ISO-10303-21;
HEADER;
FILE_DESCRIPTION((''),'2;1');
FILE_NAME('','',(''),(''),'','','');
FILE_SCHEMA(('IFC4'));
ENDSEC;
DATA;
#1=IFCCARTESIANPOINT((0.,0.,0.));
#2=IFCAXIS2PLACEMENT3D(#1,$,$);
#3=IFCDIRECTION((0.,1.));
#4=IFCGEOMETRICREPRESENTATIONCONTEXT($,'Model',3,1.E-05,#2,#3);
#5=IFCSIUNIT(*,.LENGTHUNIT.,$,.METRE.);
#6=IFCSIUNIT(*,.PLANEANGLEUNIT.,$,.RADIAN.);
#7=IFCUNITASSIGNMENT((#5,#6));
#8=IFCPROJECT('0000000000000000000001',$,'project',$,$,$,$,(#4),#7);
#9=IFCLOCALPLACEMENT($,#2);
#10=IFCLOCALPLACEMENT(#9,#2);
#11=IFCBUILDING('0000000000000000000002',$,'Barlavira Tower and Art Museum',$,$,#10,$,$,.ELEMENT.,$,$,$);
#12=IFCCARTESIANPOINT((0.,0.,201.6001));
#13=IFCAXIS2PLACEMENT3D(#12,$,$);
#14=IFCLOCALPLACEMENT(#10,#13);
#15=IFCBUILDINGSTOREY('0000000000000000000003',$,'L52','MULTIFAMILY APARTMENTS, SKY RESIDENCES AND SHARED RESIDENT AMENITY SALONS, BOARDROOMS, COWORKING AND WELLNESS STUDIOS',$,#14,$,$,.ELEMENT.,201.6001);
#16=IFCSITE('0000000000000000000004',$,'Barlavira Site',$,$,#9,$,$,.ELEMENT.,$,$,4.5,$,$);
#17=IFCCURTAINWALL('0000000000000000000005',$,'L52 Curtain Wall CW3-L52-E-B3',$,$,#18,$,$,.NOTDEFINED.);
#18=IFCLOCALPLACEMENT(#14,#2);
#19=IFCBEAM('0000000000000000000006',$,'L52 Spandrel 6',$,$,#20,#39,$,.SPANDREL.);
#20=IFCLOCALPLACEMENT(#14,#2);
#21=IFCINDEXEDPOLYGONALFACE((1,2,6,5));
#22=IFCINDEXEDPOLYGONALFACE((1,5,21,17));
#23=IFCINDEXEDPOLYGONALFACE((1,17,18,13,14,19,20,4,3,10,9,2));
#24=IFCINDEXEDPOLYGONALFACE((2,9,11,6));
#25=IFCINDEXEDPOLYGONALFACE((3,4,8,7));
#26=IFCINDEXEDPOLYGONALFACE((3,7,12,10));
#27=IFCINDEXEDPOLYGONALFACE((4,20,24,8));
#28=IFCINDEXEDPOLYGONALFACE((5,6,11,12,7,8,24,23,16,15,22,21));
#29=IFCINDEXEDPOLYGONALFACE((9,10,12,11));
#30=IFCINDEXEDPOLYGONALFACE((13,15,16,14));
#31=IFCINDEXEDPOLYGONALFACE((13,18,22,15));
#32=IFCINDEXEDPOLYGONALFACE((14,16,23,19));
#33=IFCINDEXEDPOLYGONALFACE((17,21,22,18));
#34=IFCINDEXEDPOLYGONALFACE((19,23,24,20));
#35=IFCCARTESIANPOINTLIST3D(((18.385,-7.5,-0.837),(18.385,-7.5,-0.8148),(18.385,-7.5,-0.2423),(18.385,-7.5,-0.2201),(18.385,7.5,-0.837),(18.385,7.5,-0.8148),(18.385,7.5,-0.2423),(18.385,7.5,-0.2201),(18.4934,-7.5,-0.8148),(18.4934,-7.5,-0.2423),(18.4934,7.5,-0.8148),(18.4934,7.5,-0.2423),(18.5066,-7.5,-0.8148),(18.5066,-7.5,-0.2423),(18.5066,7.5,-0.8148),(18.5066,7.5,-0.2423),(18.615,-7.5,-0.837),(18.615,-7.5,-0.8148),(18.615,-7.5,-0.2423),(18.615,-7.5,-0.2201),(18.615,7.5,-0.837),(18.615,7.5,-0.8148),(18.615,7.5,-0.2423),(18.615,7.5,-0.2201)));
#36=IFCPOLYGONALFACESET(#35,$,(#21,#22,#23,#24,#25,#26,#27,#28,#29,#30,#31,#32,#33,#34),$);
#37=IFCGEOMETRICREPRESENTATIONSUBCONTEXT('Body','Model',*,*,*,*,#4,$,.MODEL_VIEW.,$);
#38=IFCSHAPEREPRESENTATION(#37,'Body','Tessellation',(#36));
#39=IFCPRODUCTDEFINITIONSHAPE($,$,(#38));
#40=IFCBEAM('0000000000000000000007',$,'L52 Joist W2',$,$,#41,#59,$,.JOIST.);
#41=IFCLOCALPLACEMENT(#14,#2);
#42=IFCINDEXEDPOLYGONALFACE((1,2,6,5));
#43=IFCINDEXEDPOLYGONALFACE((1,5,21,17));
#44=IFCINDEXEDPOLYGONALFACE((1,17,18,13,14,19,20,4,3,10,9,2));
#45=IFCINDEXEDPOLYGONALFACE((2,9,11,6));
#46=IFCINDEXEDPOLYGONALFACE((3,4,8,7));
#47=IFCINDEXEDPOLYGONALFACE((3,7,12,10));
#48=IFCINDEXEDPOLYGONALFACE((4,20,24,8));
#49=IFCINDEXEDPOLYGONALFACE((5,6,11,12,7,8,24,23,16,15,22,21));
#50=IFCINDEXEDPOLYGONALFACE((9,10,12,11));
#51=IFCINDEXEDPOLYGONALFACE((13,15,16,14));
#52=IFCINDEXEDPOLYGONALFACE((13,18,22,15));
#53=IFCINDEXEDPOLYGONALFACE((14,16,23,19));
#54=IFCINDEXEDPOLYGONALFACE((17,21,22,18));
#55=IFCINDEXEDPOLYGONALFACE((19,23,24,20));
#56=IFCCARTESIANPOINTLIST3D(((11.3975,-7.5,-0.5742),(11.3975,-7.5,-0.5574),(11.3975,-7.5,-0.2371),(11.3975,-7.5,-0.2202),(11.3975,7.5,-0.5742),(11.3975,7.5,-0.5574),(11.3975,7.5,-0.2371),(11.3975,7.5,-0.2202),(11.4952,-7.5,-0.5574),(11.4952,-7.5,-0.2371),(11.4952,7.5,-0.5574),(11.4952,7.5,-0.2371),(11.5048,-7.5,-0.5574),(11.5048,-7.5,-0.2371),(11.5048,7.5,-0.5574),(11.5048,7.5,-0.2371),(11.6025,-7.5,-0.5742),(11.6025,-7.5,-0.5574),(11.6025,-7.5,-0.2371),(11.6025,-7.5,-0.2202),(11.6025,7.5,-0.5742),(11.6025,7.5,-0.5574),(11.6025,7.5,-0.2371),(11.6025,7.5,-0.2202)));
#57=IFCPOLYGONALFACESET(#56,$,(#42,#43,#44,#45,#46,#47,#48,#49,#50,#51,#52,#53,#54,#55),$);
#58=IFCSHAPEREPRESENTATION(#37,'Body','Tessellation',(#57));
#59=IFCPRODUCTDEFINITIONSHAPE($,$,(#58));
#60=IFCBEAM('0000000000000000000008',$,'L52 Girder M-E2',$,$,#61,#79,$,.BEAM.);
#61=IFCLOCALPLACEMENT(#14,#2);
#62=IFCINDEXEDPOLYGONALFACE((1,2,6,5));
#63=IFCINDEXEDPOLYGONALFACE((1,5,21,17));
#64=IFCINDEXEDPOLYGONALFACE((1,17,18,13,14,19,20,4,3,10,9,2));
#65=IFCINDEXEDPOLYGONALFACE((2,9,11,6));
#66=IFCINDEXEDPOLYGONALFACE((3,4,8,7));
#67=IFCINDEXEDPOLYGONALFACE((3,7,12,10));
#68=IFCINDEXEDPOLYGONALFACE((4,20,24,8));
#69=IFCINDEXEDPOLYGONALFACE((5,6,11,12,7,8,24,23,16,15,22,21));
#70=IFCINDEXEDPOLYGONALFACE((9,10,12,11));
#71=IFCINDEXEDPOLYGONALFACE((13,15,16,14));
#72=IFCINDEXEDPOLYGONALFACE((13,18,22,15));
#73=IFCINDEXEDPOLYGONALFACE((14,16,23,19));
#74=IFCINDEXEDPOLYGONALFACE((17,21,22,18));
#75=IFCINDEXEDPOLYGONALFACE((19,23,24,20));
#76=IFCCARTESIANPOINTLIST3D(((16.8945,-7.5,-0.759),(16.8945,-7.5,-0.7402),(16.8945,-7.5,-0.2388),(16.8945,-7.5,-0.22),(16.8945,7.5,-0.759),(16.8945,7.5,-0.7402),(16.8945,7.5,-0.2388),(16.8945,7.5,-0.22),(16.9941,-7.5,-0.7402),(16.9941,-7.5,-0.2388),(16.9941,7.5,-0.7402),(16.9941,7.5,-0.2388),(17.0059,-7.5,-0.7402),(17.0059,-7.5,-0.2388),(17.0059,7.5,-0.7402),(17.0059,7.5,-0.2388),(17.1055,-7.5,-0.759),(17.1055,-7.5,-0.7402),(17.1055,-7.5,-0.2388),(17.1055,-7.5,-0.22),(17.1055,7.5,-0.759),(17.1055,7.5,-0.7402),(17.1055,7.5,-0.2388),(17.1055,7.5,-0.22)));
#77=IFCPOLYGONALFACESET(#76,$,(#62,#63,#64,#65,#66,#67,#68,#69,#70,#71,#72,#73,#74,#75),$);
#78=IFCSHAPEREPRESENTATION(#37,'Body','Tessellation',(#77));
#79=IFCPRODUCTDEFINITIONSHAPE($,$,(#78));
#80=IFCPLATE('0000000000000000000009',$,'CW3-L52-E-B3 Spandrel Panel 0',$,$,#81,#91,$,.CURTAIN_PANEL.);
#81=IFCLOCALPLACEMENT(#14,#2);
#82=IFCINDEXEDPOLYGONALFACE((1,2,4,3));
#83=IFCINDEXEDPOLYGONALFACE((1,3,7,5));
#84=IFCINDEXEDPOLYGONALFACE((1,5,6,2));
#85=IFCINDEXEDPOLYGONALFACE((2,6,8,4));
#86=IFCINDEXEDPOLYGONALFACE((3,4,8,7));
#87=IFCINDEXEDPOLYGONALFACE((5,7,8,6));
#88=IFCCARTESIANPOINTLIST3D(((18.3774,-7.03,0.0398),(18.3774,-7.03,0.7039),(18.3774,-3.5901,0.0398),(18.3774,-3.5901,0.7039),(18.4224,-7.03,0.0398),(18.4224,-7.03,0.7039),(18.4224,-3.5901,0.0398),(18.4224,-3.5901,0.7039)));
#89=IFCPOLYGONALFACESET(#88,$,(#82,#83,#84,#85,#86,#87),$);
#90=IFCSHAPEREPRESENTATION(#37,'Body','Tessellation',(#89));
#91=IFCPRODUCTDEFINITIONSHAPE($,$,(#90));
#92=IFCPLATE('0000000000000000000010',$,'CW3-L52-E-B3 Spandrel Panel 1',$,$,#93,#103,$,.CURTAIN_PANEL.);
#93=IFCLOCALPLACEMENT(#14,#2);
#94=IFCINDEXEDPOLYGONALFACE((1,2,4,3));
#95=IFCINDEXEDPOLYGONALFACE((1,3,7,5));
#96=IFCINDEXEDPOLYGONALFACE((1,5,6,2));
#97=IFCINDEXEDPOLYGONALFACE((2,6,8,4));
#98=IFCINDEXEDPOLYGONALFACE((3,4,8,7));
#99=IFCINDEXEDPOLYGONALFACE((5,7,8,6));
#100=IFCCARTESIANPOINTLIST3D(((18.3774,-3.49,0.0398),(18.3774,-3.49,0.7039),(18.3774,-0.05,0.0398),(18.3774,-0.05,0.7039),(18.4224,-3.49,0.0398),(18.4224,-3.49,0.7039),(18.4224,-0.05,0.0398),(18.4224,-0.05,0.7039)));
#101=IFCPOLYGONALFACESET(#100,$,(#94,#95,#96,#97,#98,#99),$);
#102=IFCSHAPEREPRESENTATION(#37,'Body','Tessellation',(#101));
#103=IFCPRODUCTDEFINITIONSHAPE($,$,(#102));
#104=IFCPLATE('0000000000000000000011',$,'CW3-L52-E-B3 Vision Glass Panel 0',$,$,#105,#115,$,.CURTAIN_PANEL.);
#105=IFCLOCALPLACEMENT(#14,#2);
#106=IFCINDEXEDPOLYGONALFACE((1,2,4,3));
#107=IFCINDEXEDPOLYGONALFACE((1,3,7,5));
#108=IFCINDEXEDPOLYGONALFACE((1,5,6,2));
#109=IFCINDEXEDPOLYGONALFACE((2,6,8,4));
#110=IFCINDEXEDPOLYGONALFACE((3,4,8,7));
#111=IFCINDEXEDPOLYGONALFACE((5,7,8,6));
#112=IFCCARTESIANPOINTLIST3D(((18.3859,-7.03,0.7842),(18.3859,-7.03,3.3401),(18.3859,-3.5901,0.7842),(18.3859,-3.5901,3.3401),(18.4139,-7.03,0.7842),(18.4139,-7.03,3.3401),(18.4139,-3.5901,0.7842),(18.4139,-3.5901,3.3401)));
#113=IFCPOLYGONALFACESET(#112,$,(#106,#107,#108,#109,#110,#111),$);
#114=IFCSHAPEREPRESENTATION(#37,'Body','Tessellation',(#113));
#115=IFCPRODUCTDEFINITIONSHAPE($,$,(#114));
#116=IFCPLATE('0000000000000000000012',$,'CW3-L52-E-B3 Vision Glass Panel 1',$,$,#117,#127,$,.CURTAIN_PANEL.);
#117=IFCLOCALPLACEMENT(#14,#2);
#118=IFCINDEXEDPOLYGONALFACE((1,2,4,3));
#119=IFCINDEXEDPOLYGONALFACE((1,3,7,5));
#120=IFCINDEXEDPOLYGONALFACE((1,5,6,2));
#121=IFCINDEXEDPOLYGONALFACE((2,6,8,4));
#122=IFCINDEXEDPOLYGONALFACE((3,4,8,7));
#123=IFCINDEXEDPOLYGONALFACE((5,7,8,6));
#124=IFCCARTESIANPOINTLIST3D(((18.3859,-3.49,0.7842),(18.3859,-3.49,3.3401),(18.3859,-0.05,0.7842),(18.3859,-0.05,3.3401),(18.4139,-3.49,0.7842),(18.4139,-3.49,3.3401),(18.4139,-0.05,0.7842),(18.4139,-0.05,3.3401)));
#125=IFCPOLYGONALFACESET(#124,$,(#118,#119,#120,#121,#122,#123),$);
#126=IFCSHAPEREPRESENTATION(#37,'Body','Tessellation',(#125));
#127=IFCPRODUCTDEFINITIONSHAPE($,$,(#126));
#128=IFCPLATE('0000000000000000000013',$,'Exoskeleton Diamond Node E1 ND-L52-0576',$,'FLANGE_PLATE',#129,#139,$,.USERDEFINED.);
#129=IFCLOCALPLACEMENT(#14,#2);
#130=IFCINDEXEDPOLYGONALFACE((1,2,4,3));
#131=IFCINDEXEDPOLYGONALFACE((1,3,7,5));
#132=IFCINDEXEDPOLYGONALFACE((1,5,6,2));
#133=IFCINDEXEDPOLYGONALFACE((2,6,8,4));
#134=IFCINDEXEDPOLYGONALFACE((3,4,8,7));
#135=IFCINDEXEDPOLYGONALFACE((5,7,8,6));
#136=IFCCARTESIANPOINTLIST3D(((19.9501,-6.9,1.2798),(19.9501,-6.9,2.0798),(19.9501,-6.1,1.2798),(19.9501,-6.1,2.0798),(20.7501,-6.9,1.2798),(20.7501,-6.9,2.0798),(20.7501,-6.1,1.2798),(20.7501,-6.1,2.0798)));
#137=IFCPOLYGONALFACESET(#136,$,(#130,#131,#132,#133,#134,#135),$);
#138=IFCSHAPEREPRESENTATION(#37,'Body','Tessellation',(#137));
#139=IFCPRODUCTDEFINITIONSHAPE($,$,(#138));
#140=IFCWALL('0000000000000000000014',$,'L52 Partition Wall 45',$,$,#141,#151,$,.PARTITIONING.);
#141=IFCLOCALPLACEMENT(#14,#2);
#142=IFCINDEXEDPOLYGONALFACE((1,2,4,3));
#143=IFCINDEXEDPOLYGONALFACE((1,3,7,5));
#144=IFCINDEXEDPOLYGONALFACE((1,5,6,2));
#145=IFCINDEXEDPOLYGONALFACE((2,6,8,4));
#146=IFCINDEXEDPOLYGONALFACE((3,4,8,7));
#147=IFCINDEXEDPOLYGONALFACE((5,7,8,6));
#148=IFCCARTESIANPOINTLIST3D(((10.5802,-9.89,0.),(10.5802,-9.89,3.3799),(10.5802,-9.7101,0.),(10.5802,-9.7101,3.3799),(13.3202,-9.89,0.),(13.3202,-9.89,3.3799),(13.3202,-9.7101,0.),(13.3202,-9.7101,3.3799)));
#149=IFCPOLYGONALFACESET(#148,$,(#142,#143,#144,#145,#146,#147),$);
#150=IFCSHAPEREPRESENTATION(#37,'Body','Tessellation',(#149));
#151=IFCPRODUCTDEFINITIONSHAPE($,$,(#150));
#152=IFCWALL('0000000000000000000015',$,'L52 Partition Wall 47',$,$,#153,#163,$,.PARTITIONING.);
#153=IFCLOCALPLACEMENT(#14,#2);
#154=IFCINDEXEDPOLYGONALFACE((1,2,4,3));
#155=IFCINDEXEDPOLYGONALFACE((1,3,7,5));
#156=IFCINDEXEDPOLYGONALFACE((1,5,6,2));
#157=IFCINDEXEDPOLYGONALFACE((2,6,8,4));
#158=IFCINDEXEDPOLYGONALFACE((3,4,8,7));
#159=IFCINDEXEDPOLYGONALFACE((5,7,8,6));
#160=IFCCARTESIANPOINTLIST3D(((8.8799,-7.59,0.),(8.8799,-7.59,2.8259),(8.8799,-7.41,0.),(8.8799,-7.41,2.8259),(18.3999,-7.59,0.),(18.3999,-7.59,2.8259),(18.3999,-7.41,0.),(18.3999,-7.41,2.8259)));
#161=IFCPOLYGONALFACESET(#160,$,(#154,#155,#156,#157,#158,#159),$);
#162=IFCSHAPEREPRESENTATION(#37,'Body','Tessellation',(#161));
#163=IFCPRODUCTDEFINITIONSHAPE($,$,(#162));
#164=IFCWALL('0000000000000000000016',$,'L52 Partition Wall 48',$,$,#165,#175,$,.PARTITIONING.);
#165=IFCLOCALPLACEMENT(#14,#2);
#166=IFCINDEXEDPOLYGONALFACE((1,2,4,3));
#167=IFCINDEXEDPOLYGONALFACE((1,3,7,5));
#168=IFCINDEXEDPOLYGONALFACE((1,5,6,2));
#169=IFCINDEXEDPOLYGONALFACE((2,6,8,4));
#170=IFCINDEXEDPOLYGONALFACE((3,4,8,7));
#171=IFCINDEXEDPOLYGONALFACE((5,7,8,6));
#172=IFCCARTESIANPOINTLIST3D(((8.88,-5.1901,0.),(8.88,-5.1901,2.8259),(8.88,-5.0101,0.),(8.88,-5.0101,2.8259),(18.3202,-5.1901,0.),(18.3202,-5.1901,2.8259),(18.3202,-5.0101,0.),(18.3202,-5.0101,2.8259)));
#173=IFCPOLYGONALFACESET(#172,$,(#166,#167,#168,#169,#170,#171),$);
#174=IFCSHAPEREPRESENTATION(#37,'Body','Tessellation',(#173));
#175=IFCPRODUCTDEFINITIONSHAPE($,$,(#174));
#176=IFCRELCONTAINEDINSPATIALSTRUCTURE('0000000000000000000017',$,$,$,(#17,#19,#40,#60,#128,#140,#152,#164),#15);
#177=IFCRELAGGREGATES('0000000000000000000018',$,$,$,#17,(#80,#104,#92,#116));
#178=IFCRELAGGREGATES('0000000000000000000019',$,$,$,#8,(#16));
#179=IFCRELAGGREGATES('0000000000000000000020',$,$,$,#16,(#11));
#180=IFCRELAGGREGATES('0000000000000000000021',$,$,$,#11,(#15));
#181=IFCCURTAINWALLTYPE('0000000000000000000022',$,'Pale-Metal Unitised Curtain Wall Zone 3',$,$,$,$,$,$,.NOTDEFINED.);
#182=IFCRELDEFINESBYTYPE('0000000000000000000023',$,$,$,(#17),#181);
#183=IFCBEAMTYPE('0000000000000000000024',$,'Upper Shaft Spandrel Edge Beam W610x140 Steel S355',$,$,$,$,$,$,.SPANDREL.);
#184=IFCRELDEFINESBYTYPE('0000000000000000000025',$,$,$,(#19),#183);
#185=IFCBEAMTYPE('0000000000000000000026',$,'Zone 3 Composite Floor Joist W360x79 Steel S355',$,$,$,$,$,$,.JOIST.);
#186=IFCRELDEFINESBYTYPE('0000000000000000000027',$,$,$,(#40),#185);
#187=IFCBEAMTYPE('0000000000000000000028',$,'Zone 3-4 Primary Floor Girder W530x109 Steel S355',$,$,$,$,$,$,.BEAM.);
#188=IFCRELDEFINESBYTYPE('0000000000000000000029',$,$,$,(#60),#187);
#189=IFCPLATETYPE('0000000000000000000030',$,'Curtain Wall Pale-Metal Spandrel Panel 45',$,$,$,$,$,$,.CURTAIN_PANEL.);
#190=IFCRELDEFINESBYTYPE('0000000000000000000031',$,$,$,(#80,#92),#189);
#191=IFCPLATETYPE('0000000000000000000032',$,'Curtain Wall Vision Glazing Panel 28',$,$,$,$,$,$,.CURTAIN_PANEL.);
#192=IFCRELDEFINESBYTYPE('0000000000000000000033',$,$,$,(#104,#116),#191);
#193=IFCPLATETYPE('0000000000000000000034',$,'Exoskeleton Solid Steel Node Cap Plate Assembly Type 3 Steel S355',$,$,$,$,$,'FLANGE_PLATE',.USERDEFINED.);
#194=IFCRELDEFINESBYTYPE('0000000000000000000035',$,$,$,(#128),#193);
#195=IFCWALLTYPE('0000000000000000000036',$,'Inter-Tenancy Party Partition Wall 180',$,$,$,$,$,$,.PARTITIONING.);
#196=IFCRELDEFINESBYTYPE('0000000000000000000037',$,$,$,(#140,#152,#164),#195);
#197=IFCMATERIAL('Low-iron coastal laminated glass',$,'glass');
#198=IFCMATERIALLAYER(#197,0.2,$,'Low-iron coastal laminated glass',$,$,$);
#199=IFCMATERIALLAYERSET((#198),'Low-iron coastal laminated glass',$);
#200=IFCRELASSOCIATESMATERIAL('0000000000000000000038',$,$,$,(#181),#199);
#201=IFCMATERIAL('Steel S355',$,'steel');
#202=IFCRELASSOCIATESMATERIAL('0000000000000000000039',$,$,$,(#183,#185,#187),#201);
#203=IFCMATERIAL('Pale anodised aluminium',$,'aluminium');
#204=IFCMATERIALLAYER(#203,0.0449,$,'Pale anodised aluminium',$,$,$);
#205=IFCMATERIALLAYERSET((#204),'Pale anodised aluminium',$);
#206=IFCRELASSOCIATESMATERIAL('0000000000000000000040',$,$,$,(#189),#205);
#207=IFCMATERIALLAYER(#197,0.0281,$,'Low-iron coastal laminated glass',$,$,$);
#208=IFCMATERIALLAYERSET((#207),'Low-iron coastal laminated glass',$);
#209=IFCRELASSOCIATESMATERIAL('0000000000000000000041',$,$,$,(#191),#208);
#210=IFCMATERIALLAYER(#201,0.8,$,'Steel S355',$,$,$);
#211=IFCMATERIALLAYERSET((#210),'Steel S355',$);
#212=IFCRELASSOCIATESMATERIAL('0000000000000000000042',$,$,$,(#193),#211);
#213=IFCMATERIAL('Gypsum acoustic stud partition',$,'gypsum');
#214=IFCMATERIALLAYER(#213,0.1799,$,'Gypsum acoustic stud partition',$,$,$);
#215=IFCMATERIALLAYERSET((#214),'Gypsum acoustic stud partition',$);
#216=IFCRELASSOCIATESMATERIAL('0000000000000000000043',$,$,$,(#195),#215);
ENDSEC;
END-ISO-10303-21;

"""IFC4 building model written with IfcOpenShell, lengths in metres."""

from ifc_helpers import new_model, si_unit, direction, frame, frame_2d, origin, origin_2d, place, context, subcontext, project, spatial, rectangle, i_section, extrude, material, layer, layer_set, material_profile, profile_set, type_object, element, aggregate, save


model = new_model("IFC4")

# Units and contexts
model_context = context("Model", 3, precision=1e-05, world=origin(), true_north=direction((0.0, 1.0)))
body_context = subcontext(model_context, "Body", "Model", "MODEL_VIEW")
ifc_project = project(units=[si_unit("LENGTHUNIT", "METRE"), si_unit("PLANEANGLEUNIT", "RADIAN")], contexts=[model_context])

# Site, building, storey
site_placement = place(None, origin())
site = spatial("IfcSite", under=ifc_project, at=site_placement, Name="Barlavira Site", CompositionType="ELEMENT", RefElevation=4.5)
building_placement = place(site_placement, origin())
building = spatial("IfcBuilding", under=site, at=building_placement, Name="Barlavira Tower and Art Museum", CompositionType="ELEMENT")
storey_placement = place(building_placement, frame((0.0, 0.0, 201.6001)))
storey = spatial("IfcBuildingStorey", under=building, at=storey_placement, Name="L52", Description="MULTIFAMILY APARTMENTS, SKY RESIDENCES AND SHARED RESIDENT AMENITY SALONS, BOARDROOMS, COWORKING AND WELLNESS STUDIOS", CompositionType="ELEMENT", Elevation=201.6001)

# Curtain wall
ifc_material_1 = material(Name="Low-iron coastal laminated glass", Category="glass")
ifc_layer_1 = layer(ifc_material_1, 0.2, Name="Low-iron coastal laminated glass")
ifc_layer_set_1 = layer_set([ifc_layer_1], Name="Low-iron coastal laminated glass")
curtain_wall_type = type_object("IfcCurtainWallType", Name="Pale-Metal Unitised Curtain Wall Zone 3", PredefinedType="NOTDEFINED", material=ifc_layer_set_1)
curtain_wall_placement = place(storey_placement, origin())
curtain_wall = element("IfcCurtainWall", 1, at=curtain_wall_placement, inside=storey, type_object=curtain_wall_type, Name="L52 Curtain Wall CW3-L52-E-B3", PredefinedType="NOTDEFINED")
ifc_material_2 = material(Name="Pale anodised aluminium", Category="aluminium")

# Beams
ifc_material_3 = material(Name="Steel S355", Category="steel")
ifc_material_profile_1 = material_profile(ifc_material_3, i_section(OverallWidth=0.23, OverallDepth=0.6169, WebThickness=0.0132, FlangeThickness=0.0222, at=origin_2d()), Name="W610x140.0")
ifc_profile_set_1 = profile_set([ifc_material_profile_1], Name="Steel S355")
beam_type_1 = type_object("IfcBeamType", Name="Upper Shaft Spandrel Edge Beam W610x140 Steel S355", PredefinedType="SPANDREL", material=ifc_profile_set_1)
beam_1_placement = place(storey_placement, frame((18.5, -7.5, -0.5286), z_axis=(0.0, 1.0, 0.0), x_axis=(-1.0, 0.0, 0.0)))
element("IfcBeam", 2, at=beam_1_placement, inside=storey, type_object=beam_type_1, Name="L52 Spandrel 6", PredefinedType="SPANDREL", context=body_context, shape_type="SweptSolid", body=[
    extrude(i_section(OverallWidth=0.23, OverallDepth=0.6169, WebThickness=0.0132, FlangeThickness=0.0222, at=origin_2d()), origin(), (0.0, 0.0, 1.0), 15.0),
])
ifc_material_profile_2 = material_profile(ifc_material_3, i_section(OverallWidth=0.2051, OverallDepth=0.354, WebThickness=0.0095, FlangeThickness=0.0168, at=origin_2d()), Name="W360x79.0")
ifc_profile_set_2 = profile_set([ifc_material_profile_2], Name="Steel S355")
beam_type_2 = type_object("IfcBeamType", Name="Zone 3 Composite Floor Joist W360x79 Steel S355", PredefinedType="JOIST", material=ifc_profile_set_2)
beam_2_placement = place(storey_placement, frame((11.5, -7.5, -0.3972), z_axis=(0.0, 1.0, 0.0), x_axis=(-1.0, 0.0, 0.0)))
element("IfcBeam", 3, at=beam_2_placement, inside=storey, type_object=beam_type_2, Name="L52 Joist W2", PredefinedType="JOIST", context=body_context, shape_type="SweptSolid", body=[
    extrude(i_section(OverallWidth=0.2051, OverallDepth=0.354, WebThickness=0.0095, FlangeThickness=0.0168, at=origin_2d()), origin(), (0.0, 0.0, 1.0), 15.0),
])
ifc_material_profile_3 = material_profile(ifc_material_3, i_section(OverallWidth=0.2109, OverallDepth=0.5391, WebThickness=0.0117, FlangeThickness=0.0188, at=origin_2d()), Name="W530x109.0")
ifc_profile_set_3 = profile_set([ifc_material_profile_3], Name="Steel S355")
beam_type_3 = type_object("IfcBeamType", Name="Zone 3-4 Primary Floor Girder W530x109 Steel S355", PredefinedType="BEAM", material=ifc_profile_set_3)
beam_3_placement = place(storey_placement, frame((17.0, -7.5, -0.4895), z_axis=(0.0, 1.0, 0.0), x_axis=(-1.0, 0.0, 0.0)))
element("IfcBeam", 4, at=beam_3_placement, inside=storey, type_object=beam_type_3, Name="L52 Girder M-E2", PredefinedType="BEAM", context=body_context, shape_type="SweptSolid", body=[
    extrude(i_section(OverallWidth=0.2109, OverallDepth=0.5391, WebThickness=0.0117, FlangeThickness=0.0188, at=origin_2d()), origin(), (0.0, 0.0, 1.0), 15.0),
])

# Plates
ifc_layer_2 = layer(ifc_material_2, 0.0449, Name="Pale anodised aluminium")
ifc_layer_set_2 = layer_set([ifc_layer_2], Name="Pale anodised aluminium")
plate_type_1 = type_object("IfcPlateType", Name="Curtain Wall Pale-Metal Spandrel Panel 45", PredefinedType="CURTAIN_PANEL", material=ifc_layer_set_2)
plate_1_placement = place(storey_placement, frame((18.3999, -5.3101, 0.0398), z_axis=(0.0, 0.0, 1.0), x_axis=(0.0, 1.0, 0.0)))
plate_1 = element("IfcPlate", 5, at=plate_1_placement, type_object=plate_type_1, Name="CW3-L52-E-B3 Spandrel Panel 0", PredefinedType="CURTAIN_PANEL", context=body_context, shape_type="SweptSolid", body=[
    extrude(rectangle(XDim=3.4399, YDim=0.0449, at=origin_2d()), origin(), (0.0, 0.0, 1.0), 0.6641),
])
plate_2_placement = place(storey_placement, frame((18.3999, -1.77, 0.0398), z_axis=(0.0, 0.0, 1.0), x_axis=(0.0, 1.0, 0.0)))
plate_2 = element("IfcPlate", 6, at=plate_2_placement, type_object=plate_type_1, Name="CW3-L52-E-B3 Spandrel Panel 1", PredefinedType="CURTAIN_PANEL", context=body_context, shape_type="SweptSolid", body=[
    extrude(rectangle(XDim=3.4399, YDim=0.0449, at=origin_2d()), origin(), (0.0, 0.0, 1.0), 0.6641),
])
ifc_layer_3 = layer(ifc_material_1, 0.0281, Name="Low-iron coastal laminated glass")
ifc_layer_set_3 = layer_set([ifc_layer_3], Name="Low-iron coastal laminated glass")
plate_type_2 = type_object("IfcPlateType", Name="Curtain Wall Vision Glazing Panel 28", PredefinedType="CURTAIN_PANEL", material=ifc_layer_set_3)
plate_3_placement = place(storey_placement, frame((18.3999, -5.3101, 0.7842), z_axis=(0.0, 0.0, 1.0), x_axis=(0.0, 1.0, 0.0)))
plate_3 = element("IfcPlate", 7, at=plate_3_placement, type_object=plate_type_2, Name="CW3-L52-E-B3 Vision Glass Panel 0", PredefinedType="CURTAIN_PANEL", context=body_context, shape_type="SweptSolid", body=[
    extrude(rectangle(XDim=3.4399, YDim=0.0281, at=origin_2d()), origin(), (0.0, 0.0, 1.0), 2.5559),
])
plate_4_placement = place(storey_placement, frame((18.3999, -1.77, 0.7842), z_axis=(0.0, 0.0, 1.0), x_axis=(0.0, 1.0, 0.0)))
plate_4 = element("IfcPlate", 8, at=plate_4_placement, type_object=plate_type_2, Name="CW3-L52-E-B3 Vision Glass Panel 1", PredefinedType="CURTAIN_PANEL", context=body_context, shape_type="SweptSolid", body=[
    extrude(rectangle(XDim=3.4399, YDim=0.0281, at=origin_2d()), origin(), (0.0, 0.0, 1.0), 2.5559),
])
aggregate(curtain_wall, [plate_1, plate_3, plate_2, plate_4])
ifc_layer_4 = layer(ifc_material_3, 0.8, Name="Steel S355")
ifc_layer_set_4 = layer_set([ifc_layer_4], Name="Steel S355")
plate_type_3 = type_object("IfcPlateType", Name="Exoskeleton Solid Steel Node Cap Plate Assembly Type 3 Steel S355", ElementType="FLANGE_PLATE", PredefinedType="USERDEFINED", material=ifc_layer_set_4)
plate_5_placement = place(storey_placement, frame((20.3501, -6.5, 1.2798), z_axis=(0.0, 0.0, 1.0), x_axis=(1.0, 0.0, 0.0)))
element("IfcPlate", 9, at=plate_5_placement, inside=storey, type_object=plate_type_3, Name="Exoskeleton Diamond Node E1 ND-L52-0576", ObjectType="FLANGE_PLATE", PredefinedType="USERDEFINED", context=body_context, shape_type="SweptSolid", body=[
    extrude(rectangle(XDim=0.8, YDim=0.8, at=origin_2d()), origin(), (0.0, 0.0, 1.0), 0.8),
])

# Walls
ifc_material_4 = material(Name="Gypsum acoustic stud partition", Category="gypsum")
ifc_layer_5 = layer(ifc_material_4, 0.1799, Name="Gypsum acoustic stud partition")
ifc_layer_set_5 = layer_set([ifc_layer_5], Name="Gypsum acoustic stud partition")
wall_type = type_object("IfcWallType", Name="Inter-Tenancy Party Partition Wall 180", PredefinedType="PARTITIONING", material=ifc_layer_set_5)
wall_1_placement = place(storey_placement, frame((10.5801, -9.8, 0.0), z_axis=(0.0, 0.0, 1.0), x_axis=(1.0, 0.0, 0.0)))
element("IfcWall", 10, at=wall_1_placement, inside=storey, type_object=wall_type, Name="L52 Partition Wall 45", PredefinedType="PARTITIONING", context=body_context, shape_type="SweptSolid", body=[
    extrude(rectangle(XDim=2.74, YDim=0.1799, at=frame_2d((1.3701, 0.0))), origin(), (0.0, 0.0, 1.0), 3.3799),
])
wall_2_placement = place(storey_placement, frame((8.8799, -7.5, 0.0), z_axis=(0.0, 0.0, 1.0), x_axis=(1.0, 0.0, 0.0)))
element("IfcWall", 11, at=wall_2_placement, inside=storey, type_object=wall_type, Name="L52 Partition Wall 47", PredefinedType="PARTITIONING", context=body_context, shape_type="SweptSolid", body=[
    extrude(rectangle(XDim=9.52, YDim=0.1799, at=frame_2d((4.76, 0.0))), origin(), (0.0, 0.0, 1.0), 2.8259),
])
wall_3_placement = place(storey_placement, frame((8.8799, -5.1001, 0.0), z_axis=(0.0, 0.0, 1.0), x_axis=(1.0, 0.0, 0.0)))
element("IfcWall", 12, at=wall_3_placement, inside=storey, type_object=wall_type, Name="L52 Partition Wall 48", PredefinedType="PARTITIONING", context=body_context, shape_type="SweptSolid", body=[
    extrude(rectangle(XDim=9.4402, YDim=0.1799, at=frame_2d((4.7202, 0.0))), origin(), (0.0, 0.0, 1.0), 2.8259),
])

save(model, "model.ifc")
